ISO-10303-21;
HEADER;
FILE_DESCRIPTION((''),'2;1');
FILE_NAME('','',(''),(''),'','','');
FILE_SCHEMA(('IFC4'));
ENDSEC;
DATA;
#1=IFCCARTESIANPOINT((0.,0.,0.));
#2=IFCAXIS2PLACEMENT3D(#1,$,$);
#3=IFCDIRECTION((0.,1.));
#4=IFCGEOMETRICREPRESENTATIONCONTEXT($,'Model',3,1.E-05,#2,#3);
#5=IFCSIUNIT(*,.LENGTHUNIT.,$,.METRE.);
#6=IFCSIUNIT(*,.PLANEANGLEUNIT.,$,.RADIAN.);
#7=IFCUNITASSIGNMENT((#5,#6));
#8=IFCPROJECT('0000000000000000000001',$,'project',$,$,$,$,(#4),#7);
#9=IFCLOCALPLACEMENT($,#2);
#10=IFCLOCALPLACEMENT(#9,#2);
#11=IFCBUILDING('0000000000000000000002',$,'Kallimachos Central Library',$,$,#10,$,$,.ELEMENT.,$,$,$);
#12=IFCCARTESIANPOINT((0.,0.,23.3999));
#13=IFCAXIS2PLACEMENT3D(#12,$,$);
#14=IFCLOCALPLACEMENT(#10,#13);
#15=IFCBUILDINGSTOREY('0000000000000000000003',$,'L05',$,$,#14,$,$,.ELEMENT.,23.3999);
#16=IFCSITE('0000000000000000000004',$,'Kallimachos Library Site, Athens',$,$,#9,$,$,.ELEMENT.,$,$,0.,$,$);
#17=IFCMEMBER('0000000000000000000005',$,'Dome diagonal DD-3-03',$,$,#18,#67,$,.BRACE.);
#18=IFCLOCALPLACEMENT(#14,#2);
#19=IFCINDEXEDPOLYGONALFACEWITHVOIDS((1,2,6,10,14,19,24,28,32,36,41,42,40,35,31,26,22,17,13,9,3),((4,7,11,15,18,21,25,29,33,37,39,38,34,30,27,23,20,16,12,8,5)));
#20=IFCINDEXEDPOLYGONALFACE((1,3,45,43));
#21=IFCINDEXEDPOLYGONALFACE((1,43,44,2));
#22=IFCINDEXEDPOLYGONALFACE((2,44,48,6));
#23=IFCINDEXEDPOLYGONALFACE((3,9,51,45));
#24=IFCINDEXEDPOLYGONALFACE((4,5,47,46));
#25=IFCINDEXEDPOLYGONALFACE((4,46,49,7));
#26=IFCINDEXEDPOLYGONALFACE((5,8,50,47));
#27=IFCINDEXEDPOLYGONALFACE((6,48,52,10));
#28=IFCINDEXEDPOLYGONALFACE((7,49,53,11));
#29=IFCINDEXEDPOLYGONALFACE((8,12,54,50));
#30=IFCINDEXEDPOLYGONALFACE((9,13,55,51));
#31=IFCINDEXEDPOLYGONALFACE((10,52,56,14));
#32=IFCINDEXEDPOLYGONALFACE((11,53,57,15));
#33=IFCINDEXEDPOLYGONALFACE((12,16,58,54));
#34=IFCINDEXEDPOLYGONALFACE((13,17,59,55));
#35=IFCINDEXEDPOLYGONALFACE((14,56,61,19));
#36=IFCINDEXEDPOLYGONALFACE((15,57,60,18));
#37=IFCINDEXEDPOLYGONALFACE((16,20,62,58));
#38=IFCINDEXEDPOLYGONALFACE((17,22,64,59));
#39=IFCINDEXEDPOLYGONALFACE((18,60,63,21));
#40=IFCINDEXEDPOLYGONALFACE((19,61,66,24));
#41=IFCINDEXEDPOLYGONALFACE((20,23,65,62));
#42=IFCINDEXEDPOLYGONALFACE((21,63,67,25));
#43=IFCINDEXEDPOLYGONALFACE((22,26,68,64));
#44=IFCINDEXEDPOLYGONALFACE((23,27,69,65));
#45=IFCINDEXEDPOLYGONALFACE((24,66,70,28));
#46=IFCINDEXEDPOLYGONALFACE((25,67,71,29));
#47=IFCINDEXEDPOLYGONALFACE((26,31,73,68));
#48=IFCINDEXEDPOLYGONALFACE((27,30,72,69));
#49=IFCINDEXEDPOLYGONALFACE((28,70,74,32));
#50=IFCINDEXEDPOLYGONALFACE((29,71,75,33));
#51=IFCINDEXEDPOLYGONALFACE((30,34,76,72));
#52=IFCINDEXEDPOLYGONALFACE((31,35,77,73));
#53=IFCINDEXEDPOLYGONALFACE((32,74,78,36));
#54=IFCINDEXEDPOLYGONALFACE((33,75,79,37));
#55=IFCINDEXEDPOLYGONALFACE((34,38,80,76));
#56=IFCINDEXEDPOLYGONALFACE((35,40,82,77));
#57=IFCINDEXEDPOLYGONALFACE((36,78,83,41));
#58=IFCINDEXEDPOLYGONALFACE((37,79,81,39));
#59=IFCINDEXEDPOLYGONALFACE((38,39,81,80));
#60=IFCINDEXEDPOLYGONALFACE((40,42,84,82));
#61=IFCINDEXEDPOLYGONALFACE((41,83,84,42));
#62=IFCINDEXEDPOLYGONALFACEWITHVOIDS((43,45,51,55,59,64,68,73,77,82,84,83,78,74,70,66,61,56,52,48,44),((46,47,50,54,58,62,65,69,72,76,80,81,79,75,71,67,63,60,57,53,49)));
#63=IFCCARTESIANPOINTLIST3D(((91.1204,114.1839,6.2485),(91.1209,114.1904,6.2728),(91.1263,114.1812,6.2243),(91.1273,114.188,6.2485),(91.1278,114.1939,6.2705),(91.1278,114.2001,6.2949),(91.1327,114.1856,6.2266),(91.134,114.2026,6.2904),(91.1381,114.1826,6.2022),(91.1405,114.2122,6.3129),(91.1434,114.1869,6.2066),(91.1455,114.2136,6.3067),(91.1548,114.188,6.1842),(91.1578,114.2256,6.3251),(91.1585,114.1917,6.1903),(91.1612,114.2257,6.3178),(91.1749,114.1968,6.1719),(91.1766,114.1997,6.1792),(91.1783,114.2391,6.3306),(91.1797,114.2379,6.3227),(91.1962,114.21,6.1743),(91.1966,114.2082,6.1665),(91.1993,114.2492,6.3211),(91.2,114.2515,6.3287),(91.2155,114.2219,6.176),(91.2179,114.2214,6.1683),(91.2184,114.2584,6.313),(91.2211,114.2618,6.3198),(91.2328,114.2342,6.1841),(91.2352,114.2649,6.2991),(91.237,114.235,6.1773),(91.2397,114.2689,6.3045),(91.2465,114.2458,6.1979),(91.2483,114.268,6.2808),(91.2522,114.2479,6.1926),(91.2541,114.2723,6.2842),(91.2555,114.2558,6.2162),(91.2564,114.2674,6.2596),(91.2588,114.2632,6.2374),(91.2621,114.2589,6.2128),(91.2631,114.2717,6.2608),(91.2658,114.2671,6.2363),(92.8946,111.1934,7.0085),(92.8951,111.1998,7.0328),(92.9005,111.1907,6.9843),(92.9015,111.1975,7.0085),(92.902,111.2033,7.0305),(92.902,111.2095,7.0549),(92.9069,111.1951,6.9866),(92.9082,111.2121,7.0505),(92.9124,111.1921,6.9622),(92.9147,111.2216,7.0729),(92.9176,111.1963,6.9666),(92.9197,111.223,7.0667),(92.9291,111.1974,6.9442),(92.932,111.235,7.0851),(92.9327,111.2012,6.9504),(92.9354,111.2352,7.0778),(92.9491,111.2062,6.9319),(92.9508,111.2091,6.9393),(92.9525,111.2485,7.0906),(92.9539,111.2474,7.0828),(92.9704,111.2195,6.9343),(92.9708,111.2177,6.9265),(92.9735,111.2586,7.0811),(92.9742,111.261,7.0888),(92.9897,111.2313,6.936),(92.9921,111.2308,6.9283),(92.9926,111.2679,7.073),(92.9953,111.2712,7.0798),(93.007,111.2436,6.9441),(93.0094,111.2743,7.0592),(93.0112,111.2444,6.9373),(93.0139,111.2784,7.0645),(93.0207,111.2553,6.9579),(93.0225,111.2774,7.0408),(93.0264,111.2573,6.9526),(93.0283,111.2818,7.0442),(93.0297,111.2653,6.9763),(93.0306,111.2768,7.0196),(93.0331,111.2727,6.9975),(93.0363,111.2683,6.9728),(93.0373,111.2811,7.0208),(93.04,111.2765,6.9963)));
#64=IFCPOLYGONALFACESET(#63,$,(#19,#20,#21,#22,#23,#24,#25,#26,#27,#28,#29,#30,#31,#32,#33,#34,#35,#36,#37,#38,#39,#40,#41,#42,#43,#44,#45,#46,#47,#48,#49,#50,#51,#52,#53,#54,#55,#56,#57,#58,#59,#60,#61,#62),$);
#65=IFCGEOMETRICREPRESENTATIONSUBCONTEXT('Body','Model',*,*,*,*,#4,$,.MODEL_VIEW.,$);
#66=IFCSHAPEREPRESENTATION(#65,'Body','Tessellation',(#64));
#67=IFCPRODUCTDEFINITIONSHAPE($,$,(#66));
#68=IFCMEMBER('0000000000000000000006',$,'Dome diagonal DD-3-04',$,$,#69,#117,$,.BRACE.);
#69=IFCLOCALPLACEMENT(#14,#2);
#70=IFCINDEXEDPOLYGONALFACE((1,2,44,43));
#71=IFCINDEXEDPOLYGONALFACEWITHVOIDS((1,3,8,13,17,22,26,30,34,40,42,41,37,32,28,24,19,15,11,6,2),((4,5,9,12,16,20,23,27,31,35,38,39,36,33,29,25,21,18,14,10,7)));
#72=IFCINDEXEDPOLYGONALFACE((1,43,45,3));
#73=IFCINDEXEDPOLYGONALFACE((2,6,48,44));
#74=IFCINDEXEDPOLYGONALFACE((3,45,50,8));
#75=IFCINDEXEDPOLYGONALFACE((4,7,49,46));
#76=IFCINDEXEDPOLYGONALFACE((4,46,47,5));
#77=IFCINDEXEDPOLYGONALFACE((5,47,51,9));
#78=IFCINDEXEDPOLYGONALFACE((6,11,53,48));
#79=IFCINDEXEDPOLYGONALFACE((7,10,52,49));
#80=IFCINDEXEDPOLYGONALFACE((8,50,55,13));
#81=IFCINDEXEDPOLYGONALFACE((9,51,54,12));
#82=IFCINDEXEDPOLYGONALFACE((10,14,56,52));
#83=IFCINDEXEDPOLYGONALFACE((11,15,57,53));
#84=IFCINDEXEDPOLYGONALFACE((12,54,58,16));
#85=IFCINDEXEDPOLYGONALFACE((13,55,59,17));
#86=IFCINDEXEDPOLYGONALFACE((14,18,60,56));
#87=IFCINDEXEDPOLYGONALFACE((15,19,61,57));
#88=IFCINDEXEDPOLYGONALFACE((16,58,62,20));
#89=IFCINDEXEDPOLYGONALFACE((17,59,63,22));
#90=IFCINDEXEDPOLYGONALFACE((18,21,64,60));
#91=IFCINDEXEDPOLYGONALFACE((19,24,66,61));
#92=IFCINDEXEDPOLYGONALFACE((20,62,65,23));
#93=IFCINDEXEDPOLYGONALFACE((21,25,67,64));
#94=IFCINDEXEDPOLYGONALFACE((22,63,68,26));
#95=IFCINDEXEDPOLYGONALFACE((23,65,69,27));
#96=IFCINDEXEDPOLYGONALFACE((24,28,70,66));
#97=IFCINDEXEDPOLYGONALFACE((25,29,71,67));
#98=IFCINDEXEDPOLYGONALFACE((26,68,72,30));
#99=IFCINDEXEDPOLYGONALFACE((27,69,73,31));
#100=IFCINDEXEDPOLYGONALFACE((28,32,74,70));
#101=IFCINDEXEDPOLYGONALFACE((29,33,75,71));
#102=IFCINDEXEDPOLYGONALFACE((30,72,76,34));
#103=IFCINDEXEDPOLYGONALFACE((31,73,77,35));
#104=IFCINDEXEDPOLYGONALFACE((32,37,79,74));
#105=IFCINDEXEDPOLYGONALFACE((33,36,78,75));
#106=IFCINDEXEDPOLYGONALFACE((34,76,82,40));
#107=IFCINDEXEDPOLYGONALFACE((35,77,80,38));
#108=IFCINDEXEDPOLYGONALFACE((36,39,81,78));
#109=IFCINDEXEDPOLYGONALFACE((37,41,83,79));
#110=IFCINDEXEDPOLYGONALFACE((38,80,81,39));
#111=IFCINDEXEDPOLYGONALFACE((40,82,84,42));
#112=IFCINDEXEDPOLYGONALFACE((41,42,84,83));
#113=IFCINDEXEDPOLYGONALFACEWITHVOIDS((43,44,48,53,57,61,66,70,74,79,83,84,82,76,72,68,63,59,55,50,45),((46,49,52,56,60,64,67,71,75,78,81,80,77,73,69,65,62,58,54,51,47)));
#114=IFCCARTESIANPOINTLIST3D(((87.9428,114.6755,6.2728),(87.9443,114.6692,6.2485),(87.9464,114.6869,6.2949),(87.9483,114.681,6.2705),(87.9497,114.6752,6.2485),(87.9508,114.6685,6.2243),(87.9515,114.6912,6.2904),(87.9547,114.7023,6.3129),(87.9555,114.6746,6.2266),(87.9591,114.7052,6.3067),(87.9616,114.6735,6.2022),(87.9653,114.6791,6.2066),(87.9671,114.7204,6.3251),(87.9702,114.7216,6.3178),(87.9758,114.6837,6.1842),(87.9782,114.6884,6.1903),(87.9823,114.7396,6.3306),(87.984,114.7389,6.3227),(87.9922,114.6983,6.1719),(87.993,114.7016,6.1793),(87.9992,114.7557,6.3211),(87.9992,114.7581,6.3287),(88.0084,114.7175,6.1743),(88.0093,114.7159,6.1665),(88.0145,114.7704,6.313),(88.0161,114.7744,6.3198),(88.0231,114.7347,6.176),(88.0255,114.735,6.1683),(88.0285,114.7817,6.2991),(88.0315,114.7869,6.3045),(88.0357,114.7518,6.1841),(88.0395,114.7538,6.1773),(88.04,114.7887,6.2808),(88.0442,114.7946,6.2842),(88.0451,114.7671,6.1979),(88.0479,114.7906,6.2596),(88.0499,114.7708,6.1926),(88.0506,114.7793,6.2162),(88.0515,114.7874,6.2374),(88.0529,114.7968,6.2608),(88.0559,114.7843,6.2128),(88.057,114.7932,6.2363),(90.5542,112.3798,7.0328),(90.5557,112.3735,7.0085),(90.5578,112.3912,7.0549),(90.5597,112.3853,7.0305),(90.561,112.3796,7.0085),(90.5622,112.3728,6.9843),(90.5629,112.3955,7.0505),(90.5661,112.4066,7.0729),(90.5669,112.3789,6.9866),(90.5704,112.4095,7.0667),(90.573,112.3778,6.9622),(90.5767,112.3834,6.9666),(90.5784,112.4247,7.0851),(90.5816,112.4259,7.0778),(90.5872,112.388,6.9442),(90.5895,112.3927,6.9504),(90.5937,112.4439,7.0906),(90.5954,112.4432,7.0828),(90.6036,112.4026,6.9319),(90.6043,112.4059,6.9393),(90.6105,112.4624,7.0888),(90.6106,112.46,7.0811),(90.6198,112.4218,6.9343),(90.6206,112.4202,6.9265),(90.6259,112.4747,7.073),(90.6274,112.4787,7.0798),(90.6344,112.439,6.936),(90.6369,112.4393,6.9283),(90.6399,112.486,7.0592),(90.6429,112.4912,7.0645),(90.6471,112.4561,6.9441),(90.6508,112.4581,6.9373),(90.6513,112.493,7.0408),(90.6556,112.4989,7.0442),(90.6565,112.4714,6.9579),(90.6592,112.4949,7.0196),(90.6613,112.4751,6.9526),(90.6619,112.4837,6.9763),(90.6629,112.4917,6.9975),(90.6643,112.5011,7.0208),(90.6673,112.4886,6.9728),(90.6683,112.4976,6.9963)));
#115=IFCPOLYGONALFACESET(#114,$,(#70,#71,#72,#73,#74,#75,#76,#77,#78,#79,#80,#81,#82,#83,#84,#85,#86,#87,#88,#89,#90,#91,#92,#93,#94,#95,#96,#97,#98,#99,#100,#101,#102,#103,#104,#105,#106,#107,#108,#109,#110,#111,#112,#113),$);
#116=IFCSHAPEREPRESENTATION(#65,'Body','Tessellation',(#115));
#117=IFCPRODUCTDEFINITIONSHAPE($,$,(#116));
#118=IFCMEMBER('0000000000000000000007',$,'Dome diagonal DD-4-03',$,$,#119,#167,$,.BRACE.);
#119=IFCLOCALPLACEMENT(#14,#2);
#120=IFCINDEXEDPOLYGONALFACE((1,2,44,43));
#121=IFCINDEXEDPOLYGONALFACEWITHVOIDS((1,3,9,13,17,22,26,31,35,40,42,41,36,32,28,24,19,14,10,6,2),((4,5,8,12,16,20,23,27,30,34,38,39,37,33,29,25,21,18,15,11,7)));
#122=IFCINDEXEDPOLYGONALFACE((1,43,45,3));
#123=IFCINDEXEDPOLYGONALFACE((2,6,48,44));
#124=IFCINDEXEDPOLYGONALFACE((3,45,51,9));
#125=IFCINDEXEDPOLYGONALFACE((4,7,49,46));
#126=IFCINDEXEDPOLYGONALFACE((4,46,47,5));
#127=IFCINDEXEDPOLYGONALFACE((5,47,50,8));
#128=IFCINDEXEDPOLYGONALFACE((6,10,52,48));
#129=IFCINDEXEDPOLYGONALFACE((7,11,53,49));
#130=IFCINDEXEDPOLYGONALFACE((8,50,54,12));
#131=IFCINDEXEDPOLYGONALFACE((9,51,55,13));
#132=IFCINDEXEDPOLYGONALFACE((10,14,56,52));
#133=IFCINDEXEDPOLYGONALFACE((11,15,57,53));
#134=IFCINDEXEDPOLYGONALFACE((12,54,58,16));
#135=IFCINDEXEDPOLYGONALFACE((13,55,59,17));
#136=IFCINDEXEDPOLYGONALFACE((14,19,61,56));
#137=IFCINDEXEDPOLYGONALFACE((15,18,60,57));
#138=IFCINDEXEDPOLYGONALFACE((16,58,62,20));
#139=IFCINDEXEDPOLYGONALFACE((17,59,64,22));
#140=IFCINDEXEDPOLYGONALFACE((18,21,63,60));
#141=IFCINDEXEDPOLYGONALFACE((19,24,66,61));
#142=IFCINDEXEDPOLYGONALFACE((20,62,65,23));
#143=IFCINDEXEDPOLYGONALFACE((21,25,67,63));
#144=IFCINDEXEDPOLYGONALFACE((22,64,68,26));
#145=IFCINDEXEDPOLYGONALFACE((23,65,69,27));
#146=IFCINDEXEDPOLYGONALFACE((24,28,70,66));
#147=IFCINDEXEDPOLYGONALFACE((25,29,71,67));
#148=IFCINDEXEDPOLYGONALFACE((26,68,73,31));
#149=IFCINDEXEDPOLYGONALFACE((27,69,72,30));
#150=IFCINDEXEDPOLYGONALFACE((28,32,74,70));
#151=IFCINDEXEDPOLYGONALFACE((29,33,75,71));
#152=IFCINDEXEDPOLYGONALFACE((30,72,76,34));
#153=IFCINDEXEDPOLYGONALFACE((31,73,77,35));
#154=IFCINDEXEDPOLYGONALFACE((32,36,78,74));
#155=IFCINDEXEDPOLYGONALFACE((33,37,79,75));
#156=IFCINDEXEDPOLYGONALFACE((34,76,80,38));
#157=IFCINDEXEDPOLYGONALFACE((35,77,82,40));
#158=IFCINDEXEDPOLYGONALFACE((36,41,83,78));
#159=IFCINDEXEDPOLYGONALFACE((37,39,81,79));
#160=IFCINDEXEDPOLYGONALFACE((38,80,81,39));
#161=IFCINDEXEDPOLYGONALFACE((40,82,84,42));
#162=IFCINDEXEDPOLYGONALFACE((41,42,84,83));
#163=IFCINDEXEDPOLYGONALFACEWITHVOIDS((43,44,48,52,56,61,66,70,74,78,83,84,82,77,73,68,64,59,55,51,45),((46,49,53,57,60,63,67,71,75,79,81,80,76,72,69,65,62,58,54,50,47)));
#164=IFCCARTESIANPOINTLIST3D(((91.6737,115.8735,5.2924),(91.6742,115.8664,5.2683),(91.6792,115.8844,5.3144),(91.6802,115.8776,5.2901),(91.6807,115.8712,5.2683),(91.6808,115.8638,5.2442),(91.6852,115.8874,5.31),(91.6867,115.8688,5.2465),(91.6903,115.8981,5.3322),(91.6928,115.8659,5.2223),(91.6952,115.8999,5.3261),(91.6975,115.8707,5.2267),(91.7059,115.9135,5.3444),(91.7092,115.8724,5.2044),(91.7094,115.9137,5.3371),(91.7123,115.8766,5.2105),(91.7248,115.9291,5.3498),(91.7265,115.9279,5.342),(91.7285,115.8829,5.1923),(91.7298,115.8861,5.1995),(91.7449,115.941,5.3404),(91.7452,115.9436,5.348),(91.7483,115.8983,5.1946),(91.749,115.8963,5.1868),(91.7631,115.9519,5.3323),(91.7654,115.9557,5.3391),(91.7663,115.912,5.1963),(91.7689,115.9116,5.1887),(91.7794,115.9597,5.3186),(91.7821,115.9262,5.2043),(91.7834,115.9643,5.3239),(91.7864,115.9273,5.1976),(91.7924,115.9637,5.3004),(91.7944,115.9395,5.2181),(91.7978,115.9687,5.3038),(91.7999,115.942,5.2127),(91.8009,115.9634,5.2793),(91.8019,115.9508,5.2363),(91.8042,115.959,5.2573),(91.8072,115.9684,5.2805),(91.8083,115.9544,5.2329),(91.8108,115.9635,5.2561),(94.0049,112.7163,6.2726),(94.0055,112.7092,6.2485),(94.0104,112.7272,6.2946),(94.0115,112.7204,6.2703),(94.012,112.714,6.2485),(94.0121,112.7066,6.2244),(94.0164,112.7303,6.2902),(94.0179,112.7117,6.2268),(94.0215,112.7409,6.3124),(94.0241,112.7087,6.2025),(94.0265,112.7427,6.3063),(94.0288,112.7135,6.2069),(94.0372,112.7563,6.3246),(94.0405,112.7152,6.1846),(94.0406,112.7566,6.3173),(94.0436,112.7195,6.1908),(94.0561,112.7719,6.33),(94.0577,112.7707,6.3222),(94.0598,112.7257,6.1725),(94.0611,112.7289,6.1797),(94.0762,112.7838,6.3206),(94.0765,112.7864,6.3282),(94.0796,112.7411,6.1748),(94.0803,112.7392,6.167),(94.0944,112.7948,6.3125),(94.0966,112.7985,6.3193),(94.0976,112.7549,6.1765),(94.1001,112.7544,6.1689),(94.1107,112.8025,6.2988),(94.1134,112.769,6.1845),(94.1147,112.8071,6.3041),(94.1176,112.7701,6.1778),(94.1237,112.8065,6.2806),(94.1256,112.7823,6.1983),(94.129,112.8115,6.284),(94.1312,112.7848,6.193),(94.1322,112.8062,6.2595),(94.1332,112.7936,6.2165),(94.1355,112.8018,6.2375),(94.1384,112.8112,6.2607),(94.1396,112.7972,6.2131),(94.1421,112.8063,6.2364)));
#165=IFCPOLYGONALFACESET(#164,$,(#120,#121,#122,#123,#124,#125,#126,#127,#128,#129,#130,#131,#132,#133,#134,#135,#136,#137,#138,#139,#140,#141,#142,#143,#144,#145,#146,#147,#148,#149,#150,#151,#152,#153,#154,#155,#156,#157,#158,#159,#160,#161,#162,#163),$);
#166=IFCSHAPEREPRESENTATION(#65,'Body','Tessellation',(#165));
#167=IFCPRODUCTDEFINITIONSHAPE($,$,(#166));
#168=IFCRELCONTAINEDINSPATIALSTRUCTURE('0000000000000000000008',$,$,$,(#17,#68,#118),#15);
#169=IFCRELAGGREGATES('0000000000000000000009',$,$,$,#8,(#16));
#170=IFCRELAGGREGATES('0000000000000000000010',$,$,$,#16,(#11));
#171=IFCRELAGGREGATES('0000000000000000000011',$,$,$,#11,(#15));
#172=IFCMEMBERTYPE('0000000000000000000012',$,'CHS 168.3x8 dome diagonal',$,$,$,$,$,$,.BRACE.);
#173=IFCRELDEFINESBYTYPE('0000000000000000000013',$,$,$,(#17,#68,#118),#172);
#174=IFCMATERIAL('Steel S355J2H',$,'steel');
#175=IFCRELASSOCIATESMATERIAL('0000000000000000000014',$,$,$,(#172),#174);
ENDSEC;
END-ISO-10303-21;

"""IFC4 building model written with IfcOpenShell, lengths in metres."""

from ifc_helpers import new_model, si_unit, direction, frame, origin, origin_2d, place, context, subcontext, project, spatial, hollow_circle, extrude, material, material_profile, profile_set, type_object, element, save


model = new_model("IFC4")

# Units and contexts
model_context = context("Model", 3, precision=1e-05, world=origin(), true_north=direction((0.0, 1.0)))
body_context = subcontext(model_context, "Body", "Model", "MODEL_VIEW")
ifc_project = project(units=[si_unit("LENGTHUNIT", "METRE"), si_unit("PLANEANGLEUNIT", "RADIAN")], contexts=[model_context])

# Site, building, storey
site_placement = place(None, origin())
site = spatial("IfcSite", under=ifc_project, at=site_placement, Name="Kallimachos Library Site, Athens", CompositionType="ELEMENT", RefElevation=0.0)
building_placement = place(site_placement, origin())
building = spatial("IfcBuilding", under=site, at=building_placement, Name="Kallimachos Central Library", CompositionType="ELEMENT")
storey_placement = place(building_placement, frame((0.0, 0.0, 23.3999)))
storey = spatial("IfcBuildingStorey", under=building, at=storey_placement, Name="L05", CompositionType="ELEMENT", Elevation=23.3999)

# Members
ifc_material_1 = material(Name="Steel S355J2H", Category="steel")
ifc_material_profile_1 = material_profile(ifc_material_1, hollow_circle(Radius=0.0842, WallThickness=0.0081, at=origin_2d()), Name="CHS 168.3x8")
ifc_profile_set_1 = profile_set([ifc_material_profile_1], Name="Steel S355J2H")
member_type_1 = type_object("IfcMemberType", Name="CHS 168.3x8 dome diagonal", PredefinedType="BRACE", material=ifc_profile_set_1)
for number, where, z_axis, x_axis, name in (
    (1, (92.967, 111.2363, 7.0085), (-0.498467, 0.840199, -0.213531), (-0.860035, -0.510235, 0.0), "Dome diagonal DD-3-03"),
):
    element("IfcMember", number, at=place(storey_placement, frame(where, z_axis=z_axis, x_axis=x_axis)), inside=storey, type_object=member_type_1, Name=name, PredefinedType="BRACE", context=body_context, shape_type="SweptSolid", body=[
        extrude(hollow_circle(Radius=0.0842, WallThickness=0.0081, at=origin_2d()), origin(), (0.0, 0.0, 1.0), 3.5593),
    ])
member_1_placement = place(storey_placement, frame((90.6113, 112.4368, 7.0085), z_axis=(-0.73372, 0.645023, -0.213544), x_axis=(-0.660253, -0.751044, 0.0)))
element("IfcMember", 2, at=member_1_placement, inside=storey, type_object=member_type_1, Name="Dome diagonal DD-3-04", PredefinedType="BRACE", context=body_context, shape_type="SweptSolid", body=[
    extrude(hollow_circle(Radius=0.0842, WallThickness=0.0081, at=origin_2d()), origin(), (0.0, 0.0, 1.0), 3.5591),
])
member_2_placement = place(storey_placement, frame((94.0732, 112.7593, 6.2485), z_axis=(-0.576308, 0.780482, -0.242316), x_axis=(-0.804457, -0.594011, 0.0)))
element("IfcMember", 3, at=member_2_placement, inside=storey, type_object=member_type_1, Name="Dome diagonal DD-4-03", PredefinedType="BRACE", context=body_context, shape_type="SweptSolid", body=[
    extrude(hollow_circle(Radius=0.0842, WallThickness=0.0081, at=origin_2d()), origin(), (0.0, 0.0, 1.0), 4.0452),
])

save(model, "model.ifc")
